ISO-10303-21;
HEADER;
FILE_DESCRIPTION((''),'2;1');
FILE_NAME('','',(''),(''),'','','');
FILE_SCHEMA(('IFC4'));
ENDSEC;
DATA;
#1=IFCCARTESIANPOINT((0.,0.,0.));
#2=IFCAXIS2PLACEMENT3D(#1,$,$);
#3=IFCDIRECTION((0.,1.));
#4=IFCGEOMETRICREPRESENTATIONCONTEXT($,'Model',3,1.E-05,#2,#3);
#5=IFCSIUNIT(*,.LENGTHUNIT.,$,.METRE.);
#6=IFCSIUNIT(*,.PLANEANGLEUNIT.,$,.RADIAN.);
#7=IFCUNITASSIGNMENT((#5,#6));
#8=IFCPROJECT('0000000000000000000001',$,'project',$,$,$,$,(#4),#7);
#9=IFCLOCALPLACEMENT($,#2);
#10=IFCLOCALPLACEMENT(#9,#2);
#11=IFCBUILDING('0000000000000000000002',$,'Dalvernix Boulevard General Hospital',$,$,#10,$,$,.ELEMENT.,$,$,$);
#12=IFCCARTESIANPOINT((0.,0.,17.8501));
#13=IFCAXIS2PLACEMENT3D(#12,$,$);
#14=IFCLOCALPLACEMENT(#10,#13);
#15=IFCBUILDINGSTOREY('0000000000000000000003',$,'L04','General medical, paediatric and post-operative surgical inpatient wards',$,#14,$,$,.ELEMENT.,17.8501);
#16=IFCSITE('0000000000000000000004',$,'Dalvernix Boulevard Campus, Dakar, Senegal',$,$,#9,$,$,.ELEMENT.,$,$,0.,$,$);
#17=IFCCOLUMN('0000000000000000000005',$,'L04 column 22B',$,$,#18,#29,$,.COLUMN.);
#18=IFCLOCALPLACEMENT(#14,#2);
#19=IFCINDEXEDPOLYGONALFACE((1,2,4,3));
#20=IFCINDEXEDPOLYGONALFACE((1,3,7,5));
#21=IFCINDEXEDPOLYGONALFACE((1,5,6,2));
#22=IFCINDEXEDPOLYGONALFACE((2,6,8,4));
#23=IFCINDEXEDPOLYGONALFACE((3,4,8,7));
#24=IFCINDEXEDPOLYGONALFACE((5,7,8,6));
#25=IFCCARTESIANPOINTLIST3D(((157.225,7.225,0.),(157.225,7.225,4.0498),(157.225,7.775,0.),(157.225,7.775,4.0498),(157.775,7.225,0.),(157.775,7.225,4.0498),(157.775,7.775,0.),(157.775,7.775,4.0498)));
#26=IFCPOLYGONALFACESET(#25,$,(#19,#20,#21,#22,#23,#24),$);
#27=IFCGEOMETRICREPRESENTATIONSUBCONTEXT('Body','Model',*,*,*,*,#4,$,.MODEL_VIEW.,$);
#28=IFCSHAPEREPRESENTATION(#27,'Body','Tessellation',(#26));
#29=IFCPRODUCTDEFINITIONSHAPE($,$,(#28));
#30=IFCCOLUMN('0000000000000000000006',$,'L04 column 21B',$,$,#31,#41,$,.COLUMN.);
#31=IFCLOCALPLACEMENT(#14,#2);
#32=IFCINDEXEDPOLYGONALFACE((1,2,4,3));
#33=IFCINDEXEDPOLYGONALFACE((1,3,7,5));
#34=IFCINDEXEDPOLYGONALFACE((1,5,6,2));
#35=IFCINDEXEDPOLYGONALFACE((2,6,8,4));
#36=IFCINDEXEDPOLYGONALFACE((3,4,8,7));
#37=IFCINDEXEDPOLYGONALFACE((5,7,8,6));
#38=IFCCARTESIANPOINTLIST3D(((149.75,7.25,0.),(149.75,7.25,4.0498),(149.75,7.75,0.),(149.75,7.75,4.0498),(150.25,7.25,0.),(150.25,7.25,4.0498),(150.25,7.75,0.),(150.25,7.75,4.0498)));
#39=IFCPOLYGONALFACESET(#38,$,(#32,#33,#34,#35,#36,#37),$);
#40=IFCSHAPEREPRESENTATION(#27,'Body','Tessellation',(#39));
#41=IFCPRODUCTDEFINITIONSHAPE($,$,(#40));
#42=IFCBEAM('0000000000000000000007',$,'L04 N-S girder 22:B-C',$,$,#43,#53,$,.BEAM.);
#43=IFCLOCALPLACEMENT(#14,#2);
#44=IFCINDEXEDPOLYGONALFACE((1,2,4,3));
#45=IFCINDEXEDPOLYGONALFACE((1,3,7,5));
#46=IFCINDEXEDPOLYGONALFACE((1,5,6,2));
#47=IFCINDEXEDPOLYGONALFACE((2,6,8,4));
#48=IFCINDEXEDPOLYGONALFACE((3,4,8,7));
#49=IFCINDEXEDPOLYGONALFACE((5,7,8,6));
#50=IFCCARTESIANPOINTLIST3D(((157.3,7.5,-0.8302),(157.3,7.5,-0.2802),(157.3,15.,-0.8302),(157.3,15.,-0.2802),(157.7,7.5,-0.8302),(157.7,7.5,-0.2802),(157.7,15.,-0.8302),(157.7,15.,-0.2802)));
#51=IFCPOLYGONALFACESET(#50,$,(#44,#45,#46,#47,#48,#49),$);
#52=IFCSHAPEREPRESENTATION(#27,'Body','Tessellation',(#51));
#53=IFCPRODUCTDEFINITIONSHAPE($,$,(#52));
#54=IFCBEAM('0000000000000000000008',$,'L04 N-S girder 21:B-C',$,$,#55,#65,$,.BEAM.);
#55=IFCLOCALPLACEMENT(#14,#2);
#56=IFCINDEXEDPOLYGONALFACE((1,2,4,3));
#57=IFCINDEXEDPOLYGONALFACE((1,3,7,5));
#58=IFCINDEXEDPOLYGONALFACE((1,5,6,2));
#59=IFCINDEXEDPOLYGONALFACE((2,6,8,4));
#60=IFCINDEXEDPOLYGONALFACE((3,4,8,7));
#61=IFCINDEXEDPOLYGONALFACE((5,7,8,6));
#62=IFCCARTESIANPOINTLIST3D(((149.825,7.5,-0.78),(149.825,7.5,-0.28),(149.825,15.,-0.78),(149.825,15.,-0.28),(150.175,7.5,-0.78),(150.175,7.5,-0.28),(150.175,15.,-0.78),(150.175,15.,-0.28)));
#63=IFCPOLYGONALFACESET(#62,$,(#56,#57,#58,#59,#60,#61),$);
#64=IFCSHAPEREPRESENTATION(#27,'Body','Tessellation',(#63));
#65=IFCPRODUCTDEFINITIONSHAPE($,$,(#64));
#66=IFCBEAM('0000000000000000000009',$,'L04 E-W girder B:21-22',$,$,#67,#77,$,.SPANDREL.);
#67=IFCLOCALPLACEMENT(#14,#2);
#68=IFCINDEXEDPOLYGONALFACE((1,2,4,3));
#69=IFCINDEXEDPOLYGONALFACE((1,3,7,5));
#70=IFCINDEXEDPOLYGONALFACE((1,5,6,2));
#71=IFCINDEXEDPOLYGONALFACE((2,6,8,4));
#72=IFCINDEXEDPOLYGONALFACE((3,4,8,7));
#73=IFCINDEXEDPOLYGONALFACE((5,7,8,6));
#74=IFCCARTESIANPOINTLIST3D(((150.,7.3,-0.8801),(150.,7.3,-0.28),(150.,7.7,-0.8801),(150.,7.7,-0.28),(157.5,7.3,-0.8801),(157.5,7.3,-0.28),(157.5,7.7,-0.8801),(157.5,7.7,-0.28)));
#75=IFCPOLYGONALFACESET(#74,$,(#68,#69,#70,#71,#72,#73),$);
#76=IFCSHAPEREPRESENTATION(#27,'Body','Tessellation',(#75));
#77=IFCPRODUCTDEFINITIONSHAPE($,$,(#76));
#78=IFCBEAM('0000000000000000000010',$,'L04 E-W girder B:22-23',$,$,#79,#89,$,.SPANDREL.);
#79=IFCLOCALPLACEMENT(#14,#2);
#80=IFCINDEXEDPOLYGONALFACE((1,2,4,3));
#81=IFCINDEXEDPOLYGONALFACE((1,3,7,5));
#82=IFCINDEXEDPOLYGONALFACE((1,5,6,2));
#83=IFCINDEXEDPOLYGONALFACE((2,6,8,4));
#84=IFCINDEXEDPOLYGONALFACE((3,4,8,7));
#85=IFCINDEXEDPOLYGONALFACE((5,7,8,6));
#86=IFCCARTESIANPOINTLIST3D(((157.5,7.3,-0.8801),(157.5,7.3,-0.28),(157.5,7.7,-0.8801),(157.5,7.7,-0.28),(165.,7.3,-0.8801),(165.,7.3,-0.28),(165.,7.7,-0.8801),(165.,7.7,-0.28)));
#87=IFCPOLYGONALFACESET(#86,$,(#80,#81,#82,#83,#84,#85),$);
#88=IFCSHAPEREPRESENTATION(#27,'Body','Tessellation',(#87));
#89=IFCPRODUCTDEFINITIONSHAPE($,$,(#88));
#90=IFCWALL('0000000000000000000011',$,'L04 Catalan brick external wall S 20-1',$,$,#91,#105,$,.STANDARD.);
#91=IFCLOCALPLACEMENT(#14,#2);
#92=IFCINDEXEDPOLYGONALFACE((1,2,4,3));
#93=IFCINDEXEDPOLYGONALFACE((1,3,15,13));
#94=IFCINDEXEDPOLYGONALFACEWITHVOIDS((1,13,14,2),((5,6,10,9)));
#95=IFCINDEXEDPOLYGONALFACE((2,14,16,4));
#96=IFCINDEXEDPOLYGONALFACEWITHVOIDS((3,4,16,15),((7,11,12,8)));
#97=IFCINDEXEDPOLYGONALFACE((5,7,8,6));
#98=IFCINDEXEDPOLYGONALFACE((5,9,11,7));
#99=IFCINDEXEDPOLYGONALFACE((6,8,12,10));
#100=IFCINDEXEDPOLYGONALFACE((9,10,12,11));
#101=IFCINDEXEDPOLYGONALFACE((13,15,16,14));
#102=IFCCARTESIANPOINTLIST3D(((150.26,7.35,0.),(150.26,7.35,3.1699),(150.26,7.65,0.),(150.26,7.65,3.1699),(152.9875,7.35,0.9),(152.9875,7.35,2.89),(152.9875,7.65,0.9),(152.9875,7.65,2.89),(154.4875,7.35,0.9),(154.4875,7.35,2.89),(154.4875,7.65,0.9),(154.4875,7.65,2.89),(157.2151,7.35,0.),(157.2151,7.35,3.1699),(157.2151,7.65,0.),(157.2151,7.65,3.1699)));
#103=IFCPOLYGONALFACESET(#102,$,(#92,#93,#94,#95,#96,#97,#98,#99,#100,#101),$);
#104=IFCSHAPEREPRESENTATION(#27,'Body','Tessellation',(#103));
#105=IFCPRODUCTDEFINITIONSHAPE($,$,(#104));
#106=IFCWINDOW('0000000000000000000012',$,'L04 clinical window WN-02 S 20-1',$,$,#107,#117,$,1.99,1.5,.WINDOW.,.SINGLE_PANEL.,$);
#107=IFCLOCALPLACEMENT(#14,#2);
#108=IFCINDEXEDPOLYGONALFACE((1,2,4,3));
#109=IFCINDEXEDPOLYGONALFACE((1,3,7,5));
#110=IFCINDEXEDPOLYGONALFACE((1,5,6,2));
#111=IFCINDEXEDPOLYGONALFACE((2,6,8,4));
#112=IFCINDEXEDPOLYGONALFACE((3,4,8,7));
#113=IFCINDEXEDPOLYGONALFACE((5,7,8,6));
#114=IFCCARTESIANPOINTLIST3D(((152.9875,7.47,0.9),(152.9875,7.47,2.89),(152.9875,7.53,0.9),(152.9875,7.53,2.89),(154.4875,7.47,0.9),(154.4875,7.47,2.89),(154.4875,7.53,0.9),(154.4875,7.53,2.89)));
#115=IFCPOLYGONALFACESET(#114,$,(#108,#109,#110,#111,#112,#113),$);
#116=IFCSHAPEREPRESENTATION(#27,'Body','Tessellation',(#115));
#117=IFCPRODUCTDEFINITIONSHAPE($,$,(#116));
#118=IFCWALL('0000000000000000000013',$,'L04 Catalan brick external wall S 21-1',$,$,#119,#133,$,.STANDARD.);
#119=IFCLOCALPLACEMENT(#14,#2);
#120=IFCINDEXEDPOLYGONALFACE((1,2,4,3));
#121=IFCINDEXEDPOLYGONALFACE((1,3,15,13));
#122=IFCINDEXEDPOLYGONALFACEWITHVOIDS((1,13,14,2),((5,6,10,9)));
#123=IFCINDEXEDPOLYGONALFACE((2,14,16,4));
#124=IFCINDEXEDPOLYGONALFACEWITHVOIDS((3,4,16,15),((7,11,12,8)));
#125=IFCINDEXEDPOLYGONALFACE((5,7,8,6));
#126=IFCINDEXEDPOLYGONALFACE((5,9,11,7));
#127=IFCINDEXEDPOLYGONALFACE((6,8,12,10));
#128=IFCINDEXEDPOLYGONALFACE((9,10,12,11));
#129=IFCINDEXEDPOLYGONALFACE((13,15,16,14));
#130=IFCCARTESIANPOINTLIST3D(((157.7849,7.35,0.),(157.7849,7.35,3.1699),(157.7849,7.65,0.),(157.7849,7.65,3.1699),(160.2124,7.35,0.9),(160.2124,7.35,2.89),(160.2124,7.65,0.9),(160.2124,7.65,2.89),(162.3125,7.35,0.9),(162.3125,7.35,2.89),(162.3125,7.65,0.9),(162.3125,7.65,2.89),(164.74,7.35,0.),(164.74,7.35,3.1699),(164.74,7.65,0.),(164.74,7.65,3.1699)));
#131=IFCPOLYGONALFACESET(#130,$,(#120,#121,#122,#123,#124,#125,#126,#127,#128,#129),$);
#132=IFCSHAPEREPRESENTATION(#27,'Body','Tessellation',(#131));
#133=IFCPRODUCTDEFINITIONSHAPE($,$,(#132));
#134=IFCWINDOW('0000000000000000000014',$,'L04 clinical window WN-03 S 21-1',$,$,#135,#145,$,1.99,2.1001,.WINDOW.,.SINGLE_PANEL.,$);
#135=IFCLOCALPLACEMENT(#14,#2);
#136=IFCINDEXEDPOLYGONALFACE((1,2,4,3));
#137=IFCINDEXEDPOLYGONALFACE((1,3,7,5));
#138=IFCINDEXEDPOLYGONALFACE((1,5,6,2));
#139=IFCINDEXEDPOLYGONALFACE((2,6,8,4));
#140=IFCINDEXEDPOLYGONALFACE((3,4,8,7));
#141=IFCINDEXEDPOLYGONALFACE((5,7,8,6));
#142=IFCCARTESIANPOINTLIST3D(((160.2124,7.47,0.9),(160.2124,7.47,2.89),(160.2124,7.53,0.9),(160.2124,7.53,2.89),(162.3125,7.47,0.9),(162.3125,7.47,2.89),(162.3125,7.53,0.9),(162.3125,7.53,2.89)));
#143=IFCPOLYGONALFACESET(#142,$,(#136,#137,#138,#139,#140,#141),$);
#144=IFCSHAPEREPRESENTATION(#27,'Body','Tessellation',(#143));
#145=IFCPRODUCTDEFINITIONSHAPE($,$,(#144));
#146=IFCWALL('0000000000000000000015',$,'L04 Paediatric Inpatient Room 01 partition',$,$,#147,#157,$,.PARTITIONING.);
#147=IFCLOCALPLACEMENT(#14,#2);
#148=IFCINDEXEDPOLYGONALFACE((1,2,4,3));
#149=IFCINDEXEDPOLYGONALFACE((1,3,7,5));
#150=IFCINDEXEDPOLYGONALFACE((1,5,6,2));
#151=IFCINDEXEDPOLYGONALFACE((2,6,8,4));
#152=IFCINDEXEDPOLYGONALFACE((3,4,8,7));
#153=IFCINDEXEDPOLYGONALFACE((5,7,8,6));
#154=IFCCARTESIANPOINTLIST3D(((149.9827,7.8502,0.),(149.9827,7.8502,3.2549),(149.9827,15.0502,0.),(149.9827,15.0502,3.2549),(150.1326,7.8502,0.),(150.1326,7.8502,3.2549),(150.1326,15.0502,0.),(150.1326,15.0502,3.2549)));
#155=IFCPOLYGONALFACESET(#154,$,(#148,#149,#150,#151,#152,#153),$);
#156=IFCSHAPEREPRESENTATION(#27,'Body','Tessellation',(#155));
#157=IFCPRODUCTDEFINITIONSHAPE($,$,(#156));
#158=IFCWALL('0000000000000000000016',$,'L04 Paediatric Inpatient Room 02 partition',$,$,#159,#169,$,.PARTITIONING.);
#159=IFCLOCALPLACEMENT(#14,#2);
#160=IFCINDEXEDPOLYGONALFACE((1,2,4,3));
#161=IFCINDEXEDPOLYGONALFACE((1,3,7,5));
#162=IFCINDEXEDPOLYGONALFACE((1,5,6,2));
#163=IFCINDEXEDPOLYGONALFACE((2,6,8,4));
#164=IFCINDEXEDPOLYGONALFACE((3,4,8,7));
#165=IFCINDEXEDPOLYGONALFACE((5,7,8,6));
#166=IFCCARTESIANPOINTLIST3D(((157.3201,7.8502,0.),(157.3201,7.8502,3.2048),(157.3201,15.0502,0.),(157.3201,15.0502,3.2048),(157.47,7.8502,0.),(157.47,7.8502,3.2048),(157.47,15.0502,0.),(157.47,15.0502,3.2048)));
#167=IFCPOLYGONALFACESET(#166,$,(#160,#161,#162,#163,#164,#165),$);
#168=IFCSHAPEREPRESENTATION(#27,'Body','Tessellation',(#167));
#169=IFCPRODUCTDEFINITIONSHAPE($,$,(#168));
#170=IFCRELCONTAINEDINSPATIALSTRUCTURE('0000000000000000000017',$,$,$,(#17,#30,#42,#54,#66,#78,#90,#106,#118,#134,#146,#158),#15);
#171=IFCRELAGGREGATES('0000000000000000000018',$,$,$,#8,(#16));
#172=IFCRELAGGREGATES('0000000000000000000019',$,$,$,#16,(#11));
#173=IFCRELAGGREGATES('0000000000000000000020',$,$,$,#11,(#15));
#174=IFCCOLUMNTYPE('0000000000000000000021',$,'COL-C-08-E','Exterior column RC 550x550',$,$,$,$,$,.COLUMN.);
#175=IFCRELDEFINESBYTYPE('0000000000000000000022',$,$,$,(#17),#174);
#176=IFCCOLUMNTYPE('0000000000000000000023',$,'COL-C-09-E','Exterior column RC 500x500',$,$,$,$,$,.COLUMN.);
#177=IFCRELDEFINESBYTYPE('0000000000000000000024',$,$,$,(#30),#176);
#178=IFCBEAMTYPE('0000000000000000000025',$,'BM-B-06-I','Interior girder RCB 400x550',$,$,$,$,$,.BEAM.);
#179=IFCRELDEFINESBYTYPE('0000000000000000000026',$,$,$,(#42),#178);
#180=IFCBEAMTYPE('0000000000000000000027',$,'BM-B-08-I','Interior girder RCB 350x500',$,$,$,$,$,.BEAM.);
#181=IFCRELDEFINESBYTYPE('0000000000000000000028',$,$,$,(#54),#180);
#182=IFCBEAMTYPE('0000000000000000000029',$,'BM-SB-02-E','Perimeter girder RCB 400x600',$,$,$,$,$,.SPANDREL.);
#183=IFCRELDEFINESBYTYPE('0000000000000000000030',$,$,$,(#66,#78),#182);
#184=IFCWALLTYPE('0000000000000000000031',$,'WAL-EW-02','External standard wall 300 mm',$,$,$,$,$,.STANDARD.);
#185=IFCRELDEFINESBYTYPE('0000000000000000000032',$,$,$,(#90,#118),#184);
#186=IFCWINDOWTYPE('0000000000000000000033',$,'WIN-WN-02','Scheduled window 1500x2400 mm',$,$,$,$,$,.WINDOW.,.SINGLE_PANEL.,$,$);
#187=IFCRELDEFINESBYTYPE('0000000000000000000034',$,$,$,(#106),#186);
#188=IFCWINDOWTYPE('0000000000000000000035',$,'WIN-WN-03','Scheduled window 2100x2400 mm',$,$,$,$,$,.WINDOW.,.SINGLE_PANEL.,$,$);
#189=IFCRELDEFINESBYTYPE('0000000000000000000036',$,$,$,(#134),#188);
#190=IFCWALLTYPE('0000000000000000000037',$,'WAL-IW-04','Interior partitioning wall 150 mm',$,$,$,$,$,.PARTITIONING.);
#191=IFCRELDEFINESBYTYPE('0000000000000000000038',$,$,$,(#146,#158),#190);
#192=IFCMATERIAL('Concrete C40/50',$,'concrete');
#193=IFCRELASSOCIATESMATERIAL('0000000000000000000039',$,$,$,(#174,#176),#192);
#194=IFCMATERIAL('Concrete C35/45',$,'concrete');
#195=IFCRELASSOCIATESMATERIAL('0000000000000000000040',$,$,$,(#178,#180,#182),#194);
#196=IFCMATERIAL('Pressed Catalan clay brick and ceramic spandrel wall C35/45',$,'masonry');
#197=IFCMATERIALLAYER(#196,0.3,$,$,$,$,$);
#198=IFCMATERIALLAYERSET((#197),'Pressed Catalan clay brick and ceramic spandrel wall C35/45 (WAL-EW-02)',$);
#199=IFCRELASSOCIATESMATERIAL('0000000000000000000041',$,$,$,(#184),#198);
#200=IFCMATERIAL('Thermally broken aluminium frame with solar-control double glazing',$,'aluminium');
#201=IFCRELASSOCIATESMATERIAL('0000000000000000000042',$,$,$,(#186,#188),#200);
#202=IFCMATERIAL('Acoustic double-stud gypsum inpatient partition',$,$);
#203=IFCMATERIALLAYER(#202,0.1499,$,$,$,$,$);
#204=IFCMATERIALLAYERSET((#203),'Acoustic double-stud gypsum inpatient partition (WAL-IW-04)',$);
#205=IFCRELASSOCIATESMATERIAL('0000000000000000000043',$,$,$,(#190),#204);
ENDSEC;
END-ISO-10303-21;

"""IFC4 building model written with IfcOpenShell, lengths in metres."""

from ifc_helpers import new_model, si_unit, direction, frame, frame_2d, origin, origin_2d, place, context, subcontext, project, spatial, rectangle, extrude, material, layer, layer_set, material_profile, profile_set, type_object, element, fill, save


model = new_model("IFC4")

# Units and contexts
model_context = context("Model", 3, precision=1e-05, world=origin(), true_north=direction((0.0, 1.0)))
body_context = subcontext(model_context, "Body", "Model", "MODEL_VIEW")
ifc_project = project(units=[si_unit("LENGTHUNIT", "METRE"), si_unit("PLANEANGLEUNIT", "RADIAN")], contexts=[model_context])

# Site, building, storey
site_placement = place(None, origin())
site = spatial("IfcSite", under=ifc_project, at=site_placement, Name="Dalvernix Boulevard Campus, Dakar, Senegal", CompositionType="ELEMENT", RefElevation=0.0)
building_placement = place(site_placement, origin())
building = spatial("IfcBuilding", under=site, at=building_placement, Name="Dalvernix Boulevard General Hospital", CompositionType="ELEMENT")
storey_placement = place(building_placement, frame((0.0, 0.0, 17.8501)))
storey = spatial("IfcBuildingStorey", under=building, at=storey_placement, Name="L04", Description="General medical, paediatric and post-operative surgical inpatient wards", CompositionType="ELEMENT", Elevation=17.8501)

# Columns
ifc_material_1 = material(Name="Concrete C40/50", Category="concrete")
ifc_material_profile_1 = material_profile(ifc_material_1, rectangle(XDim=0.55, YDim=0.55, at=origin_2d()), Name="RC 550x550")
ifc_profile_set_1 = profile_set([ifc_material_profile_1], Name="Concrete C40/50")
column_type_1 = type_object("IfcColumnType", Name="COL-C-08-E", Description="Exterior column RC 550x550", PredefinedType="COLUMN", material=ifc_profile_set_1)
column_1_placement = place(storey_placement, frame((157.5, 7.5, 0.0), z_axis=(0.0, 0.0, 1.0), x_axis=(1.0, 0.0, 0.0)))
element("IfcColumn", 1, at=column_1_placement, inside=storey, type_object=column_type_1, Name="L04 column 22B", PredefinedType="COLUMN", context=body_context, shape_type="SweptSolid", body=[
    extrude(rectangle(XDim=0.55, YDim=0.55, at=origin_2d()), origin(), (0.0, 0.0, 1.0), 4.0498),
])
ifc_material_profile_2 = material_profile(ifc_material_1, rectangle(XDim=0.5, YDim=0.5, at=origin_2d()), Name="RC 500x500")
ifc_profile_set_2 = profile_set([ifc_material_profile_2], Name="Concrete C40/50")
column_type_2 = type_object("IfcColumnType", Name="COL-C-09-E", Description="Exterior column RC 500x500", PredefinedType="COLUMN", material=ifc_profile_set_2)
column_2_placement = place(storey_placement, frame((150.0, 7.5, 0.0), z_axis=(0.0, 0.0, 1.0), x_axis=(1.0, 0.0, 0.0)))
element("IfcColumn", 2, at=column_2_placement, inside=storey, type_object=column_type_2, Name="L04 column 21B", PredefinedType="COLUMN", context=body_context, shape_type="SweptSolid", body=[
    extrude(rectangle(XDim=0.5, YDim=0.5, at=origin_2d()), origin(), (0.0, 0.0, 1.0), 4.0498),
])

# Beams
ifc_material_2 = material(Name="Concrete C35/45", Category="concrete")
ifc_material_profile_3 = material_profile(ifc_material_2, rectangle(XDim=0.3999, YDim=0.55, at=origin_2d()), Name="RCB 400x550")
ifc_profile_set_3 = profile_set([ifc_material_profile_3], Name="Concrete C35/45")
beam_type_1 = type_object("IfcBeamType", Name="BM-B-06-I", Description="Interior girder RCB 400x550", PredefinedType="BEAM", material=ifc_profile_set_3)
beam_1_placement = place(storey_placement, frame((157.5, 7.5, -0.5552), z_axis=(0.0, 1.0, 0.0), x_axis=(-1.0, 0.0, 0.0)))
element("IfcBeam", 3, at=beam_1_placement, inside=storey, type_object=beam_type_1, Name="L04 N-S girder 22:B-C", PredefinedType="BEAM", context=body_context, shape_type="SweptSolid", body=[
    extrude(rectangle(XDim=0.3999, YDim=0.55, at=origin_2d()), origin(), (0.0, 0.0, 1.0), 7.5),
])
ifc_material_profile_4 = material_profile(ifc_material_2, rectangle(XDim=0.3501, YDim=0.5, at=origin_2d()), Name="RCB 350x500")
ifc_profile_set_4 = profile_set([ifc_material_profile_4], Name="Concrete C35/45")
beam_type_2 = type_object("IfcBeamType", Name="BM-B-08-I", Description="Interior girder RCB 350x500", PredefinedType="BEAM", material=ifc_profile_set_4)
beam_2_placement = place(storey_placement, frame((150.0, 7.5, -0.53), z_axis=(0.0, 1.0, 0.0), x_axis=(-1.0, 0.0, 0.0)))
element("IfcBeam", 4, at=beam_2_placement, inside=storey, type_object=beam_type_2, Name="L04 N-S girder 21:B-C", PredefinedType="BEAM", context=body_context, shape_type="SweptSolid", body=[
    extrude(rectangle(XDim=0.3501, YDim=0.5, at=origin_2d()), origin(), (0.0, 0.0, 1.0), 7.5),
])
ifc_material_profile_5 = material_profile(ifc_material_2, rectangle(XDim=0.3999, YDim=0.6001, at=origin_2d()), Name="RCB 400x600")
ifc_profile_set_5 = profile_set([ifc_material_profile_5], Name="Concrete C35/45")
beam_type_3 = type_object("IfcBeamType", Name="BM-SB-02-E", Description="Perimeter girder RCB 400x600", PredefinedType="SPANDREL", material=ifc_profile_set_5)
for number, where, z_axis, x_axis, name in (
    (5, (150.0, 7.5, -0.5801), (1.0, 0.0, 0.0), (0.0, 1.0, 0.0), "L04 E-W girder B:21-22"),
    (6, (157.5, 7.5, -0.5801), (1.0, 0.0, 0.0), (0.0, 1.0, 0.0), "L04 E-W girder B:22-23"),
):
    element("IfcBeam", number, at=place(storey_placement, frame(where, z_axis=z_axis, x_axis=x_axis)), inside=storey, type_object=beam_type_3, Name=name, PredefinedType="SPANDREL", context=body_context, shape_type="SweptSolid", body=[
        extrude(rectangle(XDim=0.3999, YDim=0.6001, at=origin_2d()), origin(), (0.0, 0.0, 1.0), 7.5),
    ])

# Walls, openings, windows
ifc_material_3 = material(Name="Pressed Catalan clay brick and ceramic spandrel wall C35/45", Category="masonry")
ifc_layer_1 = layer(ifc_material_3, 0.3)
ifc_layer_set_1 = layer_set([ifc_layer_1], Name="Pressed Catalan clay brick and ceramic spandrel wall C35/45 (WAL-EW-02)")
wall_type_1 = type_object("IfcWallType", Name="WAL-EW-02", Description="External standard wall 300 mm", PredefinedType="STANDARD", material=ifc_layer_set_1)
wall_1_placement = place(storey_placement, frame((157.2151, 7.5, 0.0), z_axis=(0.0, 0.0, 1.0), x_axis=(-1.0, 0.0, 0.0)))
wall_1 = element("IfcWall", 7, at=wall_1_placement, inside=storey, type_object=wall_type_1, Name="L04 Catalan brick external wall S 20-1", PredefinedType="STANDARD", context=body_context, shape_type="SweptSolid", body=[
    extrude(rectangle(XDim=6.9551, YDim=0.3, at=frame_2d((3.4775, 0.0))), origin(), (0.0, 0.0, 1.0), 3.1699),
])
opening_1_placement = place(wall_1_placement, frame((2.7275, 0.0, 0.8999)))
opening_1 = element("IfcOpeningElement", 8, at=opening_1_placement, cuts=wall_1, PredefinedType="OPENING", context=body_context, shape_type="SweptSolid", body=[
    extrude(rectangle(XDim=1.5, YDim=1.99, at=frame_2d((0.75, 0.9951))), frame((0.0, 0.1599, 0.0), z_axis=(0.0, -1.0, 0.0), x_axis=(1.0, 0.0, 0.0)), (0.0, 0.0, 1.0), 0.3201),
])
ifc_material_4 = material(Name="Thermally broken aluminium frame with solar-control double glazing", Category="aluminium")
window_type_1 = type_object("IfcWindowType", Name="WIN-WN-02", Description="Scheduled window 1500x2400 mm", PartitioningType="SINGLE_PANEL", PredefinedType="WINDOW", material=ifc_material_4)
window_1_placement = place(opening_1_placement, origin())
window_1 = element("IfcWindow", 9, at=window_1_placement, inside=storey, type_object=window_type_1, Name="L04 clinical window WN-02 S 20-1", OverallHeight=1.99, OverallWidth=1.5, PartitioningType="SINGLE_PANEL", PredefinedType="WINDOW", context=body_context, shape_type="SweptSolid", body=[
    extrude(rectangle(XDim=1.5, YDim=1.99, at=frame_2d((0.75, 0.9951))), frame((0.0, 0.03, 0.0), z_axis=(0.0, -1.0, 0.0), x_axis=(1.0, 0.0, 0.0)), (0.0, 0.0, 1.0), 0.0601),
])
fill(opening_1, window_1)
wall_2_placement = place(storey_placement, frame((164.74, 7.5, 0.0), z_axis=(0.0, 0.0, 1.0), x_axis=(-1.0, 0.0, 0.0)))
wall_2 = element("IfcWall", 10, at=wall_2_placement, inside=storey, type_object=wall_type_1, Name="L04 Catalan brick external wall S 21-1", PredefinedType="STANDARD", context=body_context, shape_type="SweptSolid", body=[
    extrude(rectangle(XDim=6.9551, YDim=0.3, at=frame_2d((3.4775, 0.0))), origin(), (0.0, 0.0, 1.0), 3.1699),
])
opening_2_placement = place(wall_2_placement, frame((2.4275, 0.0, 0.8999)))
opening_2 = element("IfcOpeningElement", 11, at=opening_2_placement, cuts=wall_2, PredefinedType="OPENING", context=body_context, shape_type="SweptSolid", body=[
    extrude(rectangle(XDim=2.1001, YDim=1.99, at=frame_2d((1.05, 0.9951))), frame((0.0, 0.1599, 0.0), z_axis=(0.0, -1.0, 0.0), x_axis=(1.0, 0.0, 0.0)), (0.0, 0.0, 1.0), 0.3201),
])
window_type_2 = type_object("IfcWindowType", Name="WIN-WN-03", Description="Scheduled window 2100x2400 mm", PartitioningType="SINGLE_PANEL", PredefinedType="WINDOW", material=ifc_material_4)
window_2_placement = place(opening_2_placement, origin())
window_2 = element("IfcWindow", 12, at=window_2_placement, inside=storey, type_object=window_type_2, Name="L04 clinical window WN-03 S 21-1", OverallHeight=1.99, OverallWidth=2.1001, PartitioningType="SINGLE_PANEL", PredefinedType="WINDOW", context=body_context, shape_type="SweptSolid", body=[
    extrude(rectangle(XDim=2.1001, YDim=1.99, at=frame_2d((1.05, 0.9951))), frame((0.0, 0.03, 0.0), z_axis=(0.0, -1.0, 0.0), x_axis=(1.0, 0.0, 0.0)), (0.0, 0.0, 1.0), 0.0601),
])
fill(opening_2, window_2)

# Walls
ifc_material_5 = material(Name="Acoustic double-stud gypsum inpatient partition")
ifc_layer_2 = layer(ifc_material_5, 0.1499)
ifc_layer_set_2 = layer_set([ifc_layer_2], Name="Acoustic double-stud gypsum inpatient partition (WAL-IW-04)")
wall_type_2 = type_object("IfcWallType", Name="WAL-IW-04", Description="Interior partitioning wall 150 mm", PredefinedType="PARTITIONING", material=ifc_layer_set_2)
wall_3_placement = place(storey_placement, frame((150.0576, 7.8501, 0.0), z_axis=(0.0, 0.0, 1.0), x_axis=(0.0, 1.0, 0.0)))
element("IfcWall", 13, at=wall_3_placement, inside=storey, type_object=wall_type_2, Name="L04 Paediatric Inpatient Room 01 partition", PredefinedType="PARTITIONING", context=body_context, shape_type="SweptSolid", body=[
    extrude(rectangle(XDim=7.2, YDim=0.1499, at=frame_2d((3.6001, 0.0))), origin(), (0.0, 0.0, 1.0), 3.2549),
])
wall_4_placement = place(storey_placement, frame((157.395, 7.8501, 0.0), z_axis=(0.0, 0.0, 1.0), x_axis=(0.0, 1.0, 0.0)))
element("IfcWall", 14, at=wall_4_placement, inside=storey, type_object=wall_type_2, Name="L04 Paediatric Inpatient Room 02 partition", PredefinedType="PARTITIONING", context=body_context, shape_type="SweptSolid", body=[
    extrude(rectangle(XDim=7.2, YDim=0.1499, at=frame_2d((3.6001, 0.0))), origin(), (0.0, 0.0, 1.0), 3.2048),
])

save(model, "model.ifc")
